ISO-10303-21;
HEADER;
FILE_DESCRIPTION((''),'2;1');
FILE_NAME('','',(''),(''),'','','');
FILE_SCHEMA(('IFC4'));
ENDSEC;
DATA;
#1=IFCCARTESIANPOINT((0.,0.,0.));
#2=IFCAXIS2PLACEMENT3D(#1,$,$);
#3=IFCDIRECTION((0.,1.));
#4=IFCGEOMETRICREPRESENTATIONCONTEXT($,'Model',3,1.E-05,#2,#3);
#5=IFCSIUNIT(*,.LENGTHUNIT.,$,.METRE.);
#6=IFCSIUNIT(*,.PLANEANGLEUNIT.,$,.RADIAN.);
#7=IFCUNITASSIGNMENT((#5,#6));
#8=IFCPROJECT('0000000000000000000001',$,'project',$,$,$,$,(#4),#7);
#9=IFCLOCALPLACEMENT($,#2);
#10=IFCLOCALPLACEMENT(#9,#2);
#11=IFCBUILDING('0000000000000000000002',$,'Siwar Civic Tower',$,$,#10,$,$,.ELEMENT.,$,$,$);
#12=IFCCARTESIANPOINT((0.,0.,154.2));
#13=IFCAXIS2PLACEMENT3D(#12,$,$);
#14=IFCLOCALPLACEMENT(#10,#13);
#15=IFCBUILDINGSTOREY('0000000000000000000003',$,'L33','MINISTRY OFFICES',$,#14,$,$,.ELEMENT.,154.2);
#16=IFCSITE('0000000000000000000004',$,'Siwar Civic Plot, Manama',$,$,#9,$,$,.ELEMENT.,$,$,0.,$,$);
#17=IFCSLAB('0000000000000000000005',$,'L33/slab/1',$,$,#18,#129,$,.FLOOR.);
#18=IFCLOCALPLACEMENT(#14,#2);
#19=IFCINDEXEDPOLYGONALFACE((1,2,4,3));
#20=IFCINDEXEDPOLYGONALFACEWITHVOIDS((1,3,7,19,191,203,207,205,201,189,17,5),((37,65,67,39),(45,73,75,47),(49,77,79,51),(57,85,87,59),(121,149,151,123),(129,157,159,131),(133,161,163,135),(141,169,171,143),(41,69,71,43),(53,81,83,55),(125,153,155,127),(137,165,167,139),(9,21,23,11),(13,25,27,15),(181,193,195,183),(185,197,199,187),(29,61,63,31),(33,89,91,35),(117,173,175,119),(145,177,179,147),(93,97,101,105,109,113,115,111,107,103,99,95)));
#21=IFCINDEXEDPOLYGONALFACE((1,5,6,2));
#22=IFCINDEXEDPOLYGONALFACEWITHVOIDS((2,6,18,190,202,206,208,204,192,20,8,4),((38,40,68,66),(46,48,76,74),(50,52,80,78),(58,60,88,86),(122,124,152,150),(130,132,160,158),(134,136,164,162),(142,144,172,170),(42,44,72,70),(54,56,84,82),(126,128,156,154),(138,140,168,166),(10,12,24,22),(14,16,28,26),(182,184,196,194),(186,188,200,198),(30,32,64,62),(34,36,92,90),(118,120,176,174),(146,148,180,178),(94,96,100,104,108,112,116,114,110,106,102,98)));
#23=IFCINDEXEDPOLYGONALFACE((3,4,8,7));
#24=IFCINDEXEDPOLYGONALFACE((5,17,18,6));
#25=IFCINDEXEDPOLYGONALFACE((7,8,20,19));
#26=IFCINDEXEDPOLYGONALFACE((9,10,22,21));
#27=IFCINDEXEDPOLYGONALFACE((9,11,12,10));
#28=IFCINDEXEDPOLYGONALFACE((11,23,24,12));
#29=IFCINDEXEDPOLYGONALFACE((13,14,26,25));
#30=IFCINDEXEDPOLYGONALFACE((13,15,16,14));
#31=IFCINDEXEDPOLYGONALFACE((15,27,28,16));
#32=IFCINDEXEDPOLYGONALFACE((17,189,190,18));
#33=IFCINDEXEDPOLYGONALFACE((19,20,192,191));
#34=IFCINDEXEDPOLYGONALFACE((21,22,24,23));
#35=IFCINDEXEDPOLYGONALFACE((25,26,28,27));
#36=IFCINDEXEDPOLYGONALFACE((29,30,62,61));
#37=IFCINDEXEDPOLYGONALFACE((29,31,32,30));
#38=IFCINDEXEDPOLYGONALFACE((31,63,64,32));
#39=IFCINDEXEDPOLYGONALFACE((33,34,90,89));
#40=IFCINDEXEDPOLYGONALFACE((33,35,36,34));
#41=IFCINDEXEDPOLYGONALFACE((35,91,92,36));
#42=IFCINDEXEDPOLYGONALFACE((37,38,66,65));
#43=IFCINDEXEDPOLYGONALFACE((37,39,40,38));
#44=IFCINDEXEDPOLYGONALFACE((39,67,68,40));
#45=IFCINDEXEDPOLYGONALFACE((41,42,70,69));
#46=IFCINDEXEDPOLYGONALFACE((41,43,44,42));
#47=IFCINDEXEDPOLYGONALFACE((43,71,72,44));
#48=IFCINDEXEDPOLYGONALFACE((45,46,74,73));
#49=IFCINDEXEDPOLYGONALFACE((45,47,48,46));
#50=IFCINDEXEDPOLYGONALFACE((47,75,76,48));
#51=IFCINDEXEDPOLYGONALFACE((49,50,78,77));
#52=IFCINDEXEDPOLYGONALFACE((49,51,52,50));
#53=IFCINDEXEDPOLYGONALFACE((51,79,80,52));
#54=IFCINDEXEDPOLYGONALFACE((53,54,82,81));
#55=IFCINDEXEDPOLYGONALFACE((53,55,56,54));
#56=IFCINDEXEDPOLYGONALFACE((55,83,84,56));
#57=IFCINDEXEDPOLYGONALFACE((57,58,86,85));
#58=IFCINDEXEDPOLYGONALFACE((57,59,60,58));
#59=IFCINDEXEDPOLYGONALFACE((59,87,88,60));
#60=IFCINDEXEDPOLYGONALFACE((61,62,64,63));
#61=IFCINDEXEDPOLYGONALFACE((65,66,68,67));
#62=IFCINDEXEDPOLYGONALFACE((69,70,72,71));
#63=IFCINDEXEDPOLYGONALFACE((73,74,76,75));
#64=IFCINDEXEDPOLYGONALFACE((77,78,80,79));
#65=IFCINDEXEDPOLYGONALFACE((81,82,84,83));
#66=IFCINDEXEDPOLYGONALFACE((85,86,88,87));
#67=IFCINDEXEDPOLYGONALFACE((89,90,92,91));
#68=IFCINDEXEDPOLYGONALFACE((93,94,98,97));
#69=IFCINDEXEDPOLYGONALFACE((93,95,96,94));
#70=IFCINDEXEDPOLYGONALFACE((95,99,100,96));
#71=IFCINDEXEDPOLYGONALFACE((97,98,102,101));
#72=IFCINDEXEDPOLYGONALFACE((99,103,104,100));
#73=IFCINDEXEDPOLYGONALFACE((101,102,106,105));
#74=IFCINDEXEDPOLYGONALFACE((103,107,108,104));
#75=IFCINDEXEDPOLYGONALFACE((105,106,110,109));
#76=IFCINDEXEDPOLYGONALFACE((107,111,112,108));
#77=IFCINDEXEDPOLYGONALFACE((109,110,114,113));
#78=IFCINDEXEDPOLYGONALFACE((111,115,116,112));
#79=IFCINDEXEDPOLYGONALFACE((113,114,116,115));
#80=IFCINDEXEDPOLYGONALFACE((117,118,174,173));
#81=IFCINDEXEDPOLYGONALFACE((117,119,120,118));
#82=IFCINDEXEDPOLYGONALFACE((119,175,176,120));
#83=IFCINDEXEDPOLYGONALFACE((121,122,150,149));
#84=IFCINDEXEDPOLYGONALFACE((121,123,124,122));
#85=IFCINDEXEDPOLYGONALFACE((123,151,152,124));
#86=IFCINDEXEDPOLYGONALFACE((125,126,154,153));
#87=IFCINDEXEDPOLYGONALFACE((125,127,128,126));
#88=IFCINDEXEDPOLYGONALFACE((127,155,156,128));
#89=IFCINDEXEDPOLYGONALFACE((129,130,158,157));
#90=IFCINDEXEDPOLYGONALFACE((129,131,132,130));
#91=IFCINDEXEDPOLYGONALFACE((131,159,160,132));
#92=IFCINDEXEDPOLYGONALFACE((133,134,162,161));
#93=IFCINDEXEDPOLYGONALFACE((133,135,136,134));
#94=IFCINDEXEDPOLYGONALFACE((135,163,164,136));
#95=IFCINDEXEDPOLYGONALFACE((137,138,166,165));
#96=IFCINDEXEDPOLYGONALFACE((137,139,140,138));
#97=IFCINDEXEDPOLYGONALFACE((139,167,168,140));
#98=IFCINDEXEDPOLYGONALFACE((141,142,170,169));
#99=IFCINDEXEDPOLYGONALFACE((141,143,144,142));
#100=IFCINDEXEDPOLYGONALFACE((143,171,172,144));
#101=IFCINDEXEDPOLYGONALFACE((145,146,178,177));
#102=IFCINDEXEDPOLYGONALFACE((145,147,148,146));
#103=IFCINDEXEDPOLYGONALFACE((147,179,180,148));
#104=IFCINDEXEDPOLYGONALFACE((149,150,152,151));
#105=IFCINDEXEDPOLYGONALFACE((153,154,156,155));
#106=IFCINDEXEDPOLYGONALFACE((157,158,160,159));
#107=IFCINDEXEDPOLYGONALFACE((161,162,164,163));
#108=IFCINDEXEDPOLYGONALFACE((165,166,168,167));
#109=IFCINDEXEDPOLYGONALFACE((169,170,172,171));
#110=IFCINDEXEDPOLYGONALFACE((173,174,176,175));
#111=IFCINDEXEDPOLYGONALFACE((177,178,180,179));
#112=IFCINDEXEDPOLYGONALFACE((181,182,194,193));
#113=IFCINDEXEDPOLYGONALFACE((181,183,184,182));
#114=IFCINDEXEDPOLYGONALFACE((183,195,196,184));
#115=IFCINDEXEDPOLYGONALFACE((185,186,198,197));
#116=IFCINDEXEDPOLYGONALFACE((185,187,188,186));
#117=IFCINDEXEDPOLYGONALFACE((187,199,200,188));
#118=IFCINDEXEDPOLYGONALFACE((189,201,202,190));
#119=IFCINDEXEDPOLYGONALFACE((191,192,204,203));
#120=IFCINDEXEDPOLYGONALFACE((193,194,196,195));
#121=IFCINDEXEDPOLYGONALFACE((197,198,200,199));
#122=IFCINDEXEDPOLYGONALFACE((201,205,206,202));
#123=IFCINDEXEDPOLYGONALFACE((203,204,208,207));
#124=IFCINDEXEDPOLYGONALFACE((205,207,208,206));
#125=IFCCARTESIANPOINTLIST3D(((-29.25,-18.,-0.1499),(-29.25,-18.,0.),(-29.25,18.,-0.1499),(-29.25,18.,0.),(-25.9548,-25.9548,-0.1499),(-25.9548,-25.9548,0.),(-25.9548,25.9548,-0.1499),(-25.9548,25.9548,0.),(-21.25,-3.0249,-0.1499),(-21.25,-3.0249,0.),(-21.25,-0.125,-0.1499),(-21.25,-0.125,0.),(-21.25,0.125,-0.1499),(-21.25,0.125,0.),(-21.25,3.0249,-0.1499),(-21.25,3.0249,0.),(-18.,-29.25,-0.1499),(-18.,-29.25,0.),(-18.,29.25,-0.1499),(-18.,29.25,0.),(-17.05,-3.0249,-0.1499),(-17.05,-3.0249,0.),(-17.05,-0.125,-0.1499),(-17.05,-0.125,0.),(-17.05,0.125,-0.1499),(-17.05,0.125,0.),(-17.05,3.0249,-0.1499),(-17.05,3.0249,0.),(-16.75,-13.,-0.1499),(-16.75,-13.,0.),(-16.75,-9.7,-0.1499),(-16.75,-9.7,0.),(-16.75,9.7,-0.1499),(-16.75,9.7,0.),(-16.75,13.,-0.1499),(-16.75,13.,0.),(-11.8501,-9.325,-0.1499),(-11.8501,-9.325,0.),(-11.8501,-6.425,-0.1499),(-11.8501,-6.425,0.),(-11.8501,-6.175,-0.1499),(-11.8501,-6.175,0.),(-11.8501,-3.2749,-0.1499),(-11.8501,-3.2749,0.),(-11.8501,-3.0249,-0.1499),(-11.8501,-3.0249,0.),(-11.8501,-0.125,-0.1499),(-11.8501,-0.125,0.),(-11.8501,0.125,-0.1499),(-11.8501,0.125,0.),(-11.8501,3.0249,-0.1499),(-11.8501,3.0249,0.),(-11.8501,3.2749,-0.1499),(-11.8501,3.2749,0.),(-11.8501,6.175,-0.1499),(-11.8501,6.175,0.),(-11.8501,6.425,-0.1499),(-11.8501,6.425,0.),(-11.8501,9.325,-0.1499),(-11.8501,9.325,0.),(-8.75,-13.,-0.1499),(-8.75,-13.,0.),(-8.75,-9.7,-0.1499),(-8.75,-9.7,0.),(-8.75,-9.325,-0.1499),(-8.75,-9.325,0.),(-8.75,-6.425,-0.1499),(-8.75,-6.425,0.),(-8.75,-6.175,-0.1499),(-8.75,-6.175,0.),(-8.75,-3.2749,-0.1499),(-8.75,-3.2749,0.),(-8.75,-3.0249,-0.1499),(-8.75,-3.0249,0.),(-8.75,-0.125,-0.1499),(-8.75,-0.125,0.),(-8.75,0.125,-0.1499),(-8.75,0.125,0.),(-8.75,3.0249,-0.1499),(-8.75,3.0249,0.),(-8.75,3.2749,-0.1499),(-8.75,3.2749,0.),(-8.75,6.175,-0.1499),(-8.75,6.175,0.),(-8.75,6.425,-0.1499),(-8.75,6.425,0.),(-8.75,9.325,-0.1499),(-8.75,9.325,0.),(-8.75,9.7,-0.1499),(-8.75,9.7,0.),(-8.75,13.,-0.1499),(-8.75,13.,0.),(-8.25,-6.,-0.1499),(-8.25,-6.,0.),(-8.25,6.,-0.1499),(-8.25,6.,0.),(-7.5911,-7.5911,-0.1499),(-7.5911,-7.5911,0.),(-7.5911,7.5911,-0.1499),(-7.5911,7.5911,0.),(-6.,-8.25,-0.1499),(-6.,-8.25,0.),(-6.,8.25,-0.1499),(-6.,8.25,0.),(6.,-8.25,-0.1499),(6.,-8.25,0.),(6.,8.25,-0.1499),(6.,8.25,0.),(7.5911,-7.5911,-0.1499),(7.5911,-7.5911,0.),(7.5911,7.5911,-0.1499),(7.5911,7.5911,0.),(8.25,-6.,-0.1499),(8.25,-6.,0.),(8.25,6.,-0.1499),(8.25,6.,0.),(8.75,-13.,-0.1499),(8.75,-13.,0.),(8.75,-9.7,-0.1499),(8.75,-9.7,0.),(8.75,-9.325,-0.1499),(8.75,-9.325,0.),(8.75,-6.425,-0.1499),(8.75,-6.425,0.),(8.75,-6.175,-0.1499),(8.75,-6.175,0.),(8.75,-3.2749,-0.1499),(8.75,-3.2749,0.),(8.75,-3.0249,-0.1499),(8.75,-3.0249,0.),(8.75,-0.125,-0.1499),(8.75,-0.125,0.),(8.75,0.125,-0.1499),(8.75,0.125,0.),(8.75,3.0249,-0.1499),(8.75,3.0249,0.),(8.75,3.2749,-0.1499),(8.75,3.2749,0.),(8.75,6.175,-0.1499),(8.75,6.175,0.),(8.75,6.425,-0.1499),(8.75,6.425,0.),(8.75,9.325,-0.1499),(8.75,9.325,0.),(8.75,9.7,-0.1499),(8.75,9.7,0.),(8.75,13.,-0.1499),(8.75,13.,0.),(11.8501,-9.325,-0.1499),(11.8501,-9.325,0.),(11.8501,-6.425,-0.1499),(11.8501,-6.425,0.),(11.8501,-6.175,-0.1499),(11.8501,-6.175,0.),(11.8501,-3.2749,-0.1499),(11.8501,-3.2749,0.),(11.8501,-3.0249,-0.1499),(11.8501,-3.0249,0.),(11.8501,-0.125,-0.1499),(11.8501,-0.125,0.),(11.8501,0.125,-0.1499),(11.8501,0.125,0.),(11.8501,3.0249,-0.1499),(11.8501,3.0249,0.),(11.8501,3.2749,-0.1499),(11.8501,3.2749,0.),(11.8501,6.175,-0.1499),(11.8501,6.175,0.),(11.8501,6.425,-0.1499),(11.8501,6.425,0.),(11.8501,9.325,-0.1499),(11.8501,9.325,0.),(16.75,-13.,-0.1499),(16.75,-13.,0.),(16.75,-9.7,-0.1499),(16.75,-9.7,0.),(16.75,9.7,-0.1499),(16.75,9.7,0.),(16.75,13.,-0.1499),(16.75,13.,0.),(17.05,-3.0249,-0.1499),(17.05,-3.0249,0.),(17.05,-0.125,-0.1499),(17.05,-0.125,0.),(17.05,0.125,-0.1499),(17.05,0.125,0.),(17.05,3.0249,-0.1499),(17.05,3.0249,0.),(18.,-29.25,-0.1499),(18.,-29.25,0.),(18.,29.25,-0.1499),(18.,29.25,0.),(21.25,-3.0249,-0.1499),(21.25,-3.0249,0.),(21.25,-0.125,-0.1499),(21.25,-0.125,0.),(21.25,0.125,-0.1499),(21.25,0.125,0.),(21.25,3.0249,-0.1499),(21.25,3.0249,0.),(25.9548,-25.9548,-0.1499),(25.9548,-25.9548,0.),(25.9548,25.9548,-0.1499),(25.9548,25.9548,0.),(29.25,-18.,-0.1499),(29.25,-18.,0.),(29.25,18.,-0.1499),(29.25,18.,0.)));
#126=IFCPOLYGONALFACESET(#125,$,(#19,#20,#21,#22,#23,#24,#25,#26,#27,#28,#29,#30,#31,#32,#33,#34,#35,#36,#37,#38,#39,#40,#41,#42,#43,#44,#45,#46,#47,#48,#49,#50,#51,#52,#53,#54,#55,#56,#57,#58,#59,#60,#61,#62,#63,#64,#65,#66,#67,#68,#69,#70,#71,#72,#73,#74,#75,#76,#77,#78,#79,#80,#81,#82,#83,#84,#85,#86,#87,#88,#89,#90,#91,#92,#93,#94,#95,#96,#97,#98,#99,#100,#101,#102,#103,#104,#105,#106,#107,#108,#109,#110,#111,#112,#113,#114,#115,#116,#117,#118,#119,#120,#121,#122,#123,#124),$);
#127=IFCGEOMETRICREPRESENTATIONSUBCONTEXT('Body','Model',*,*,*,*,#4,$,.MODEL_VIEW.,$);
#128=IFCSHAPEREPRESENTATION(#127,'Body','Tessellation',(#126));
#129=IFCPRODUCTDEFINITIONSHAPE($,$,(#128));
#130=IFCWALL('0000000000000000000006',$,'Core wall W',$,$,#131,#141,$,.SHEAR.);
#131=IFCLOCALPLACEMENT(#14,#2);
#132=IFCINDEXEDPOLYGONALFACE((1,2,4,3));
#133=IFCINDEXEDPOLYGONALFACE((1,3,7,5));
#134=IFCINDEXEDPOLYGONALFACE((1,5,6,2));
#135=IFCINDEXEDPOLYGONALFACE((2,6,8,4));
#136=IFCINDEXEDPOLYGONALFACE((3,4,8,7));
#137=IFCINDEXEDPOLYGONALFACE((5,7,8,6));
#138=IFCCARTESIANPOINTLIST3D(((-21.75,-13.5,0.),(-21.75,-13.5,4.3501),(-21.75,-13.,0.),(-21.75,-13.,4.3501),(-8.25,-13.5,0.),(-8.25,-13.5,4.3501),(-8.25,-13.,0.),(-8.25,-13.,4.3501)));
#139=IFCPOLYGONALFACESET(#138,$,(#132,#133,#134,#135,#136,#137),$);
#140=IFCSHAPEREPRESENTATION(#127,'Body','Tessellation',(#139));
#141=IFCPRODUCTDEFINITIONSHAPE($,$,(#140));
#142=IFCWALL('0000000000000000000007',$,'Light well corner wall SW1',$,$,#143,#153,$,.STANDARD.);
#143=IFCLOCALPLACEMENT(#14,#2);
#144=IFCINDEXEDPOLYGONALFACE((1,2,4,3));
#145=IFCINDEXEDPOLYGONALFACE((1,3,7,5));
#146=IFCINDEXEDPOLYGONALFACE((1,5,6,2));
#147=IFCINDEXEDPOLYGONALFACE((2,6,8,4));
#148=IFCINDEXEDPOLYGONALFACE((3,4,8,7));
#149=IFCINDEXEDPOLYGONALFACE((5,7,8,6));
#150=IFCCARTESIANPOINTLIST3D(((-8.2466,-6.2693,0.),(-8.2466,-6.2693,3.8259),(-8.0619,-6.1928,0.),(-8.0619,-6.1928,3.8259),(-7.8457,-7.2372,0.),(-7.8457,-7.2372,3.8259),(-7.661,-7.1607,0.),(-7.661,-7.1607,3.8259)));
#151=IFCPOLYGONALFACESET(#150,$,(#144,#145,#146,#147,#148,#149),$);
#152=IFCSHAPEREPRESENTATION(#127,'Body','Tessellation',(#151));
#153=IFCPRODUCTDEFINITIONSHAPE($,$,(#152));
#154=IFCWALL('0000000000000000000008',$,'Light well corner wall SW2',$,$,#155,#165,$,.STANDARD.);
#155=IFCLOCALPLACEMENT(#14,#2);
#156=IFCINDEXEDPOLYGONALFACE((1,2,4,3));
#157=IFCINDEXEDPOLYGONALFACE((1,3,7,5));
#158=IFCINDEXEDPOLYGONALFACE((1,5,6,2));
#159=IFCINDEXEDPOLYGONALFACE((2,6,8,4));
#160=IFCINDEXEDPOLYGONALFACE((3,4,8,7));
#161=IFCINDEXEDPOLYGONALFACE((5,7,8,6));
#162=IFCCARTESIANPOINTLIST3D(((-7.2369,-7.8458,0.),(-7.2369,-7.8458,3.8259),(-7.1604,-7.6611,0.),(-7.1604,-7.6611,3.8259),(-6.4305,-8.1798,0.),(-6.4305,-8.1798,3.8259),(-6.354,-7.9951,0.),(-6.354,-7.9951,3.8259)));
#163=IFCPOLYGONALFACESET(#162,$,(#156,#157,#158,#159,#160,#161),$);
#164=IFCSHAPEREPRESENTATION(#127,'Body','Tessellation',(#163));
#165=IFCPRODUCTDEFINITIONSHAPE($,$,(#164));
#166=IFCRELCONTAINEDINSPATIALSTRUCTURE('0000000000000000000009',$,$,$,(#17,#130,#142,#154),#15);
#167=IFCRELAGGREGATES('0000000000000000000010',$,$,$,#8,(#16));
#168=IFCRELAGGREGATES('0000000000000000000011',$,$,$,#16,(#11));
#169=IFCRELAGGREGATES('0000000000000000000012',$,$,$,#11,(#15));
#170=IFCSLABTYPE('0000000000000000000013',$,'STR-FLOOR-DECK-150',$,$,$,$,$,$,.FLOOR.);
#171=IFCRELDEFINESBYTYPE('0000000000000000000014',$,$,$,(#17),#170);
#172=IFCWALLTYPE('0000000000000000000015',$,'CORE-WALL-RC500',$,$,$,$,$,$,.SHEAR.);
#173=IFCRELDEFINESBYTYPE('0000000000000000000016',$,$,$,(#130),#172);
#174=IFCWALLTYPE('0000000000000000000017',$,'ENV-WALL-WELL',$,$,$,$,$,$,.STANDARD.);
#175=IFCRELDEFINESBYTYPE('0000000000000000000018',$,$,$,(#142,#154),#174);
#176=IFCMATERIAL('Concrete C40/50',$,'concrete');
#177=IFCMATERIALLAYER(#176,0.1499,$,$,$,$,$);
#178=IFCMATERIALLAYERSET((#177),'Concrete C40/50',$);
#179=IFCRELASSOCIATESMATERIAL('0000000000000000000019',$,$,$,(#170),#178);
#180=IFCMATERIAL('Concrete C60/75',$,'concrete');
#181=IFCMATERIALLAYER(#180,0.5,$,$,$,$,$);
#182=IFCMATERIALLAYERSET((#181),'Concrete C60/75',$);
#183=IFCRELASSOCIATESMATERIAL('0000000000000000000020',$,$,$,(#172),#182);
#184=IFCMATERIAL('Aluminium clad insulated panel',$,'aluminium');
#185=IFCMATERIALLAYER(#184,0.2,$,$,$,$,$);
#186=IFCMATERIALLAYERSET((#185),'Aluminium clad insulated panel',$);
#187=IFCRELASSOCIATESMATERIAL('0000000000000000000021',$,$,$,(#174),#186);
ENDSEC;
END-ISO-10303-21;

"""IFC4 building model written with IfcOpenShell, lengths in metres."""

from ifc_helpers import new_model, si_unit, direction, frame, frame_2d, origin, place, context, subcontext, project, spatial, polyline, rectangle, outline, extrude, material, layer, layer_set, type_object, element, save


model = new_model("IFC4")

# Units and contexts
model_context = context("Model", 3, precision=1e-05, world=origin(), true_north=direction((0.0, 1.0)))
body_context = subcontext(model_context, "Body", "Model", "MODEL_VIEW")
ifc_project = project(units=[si_unit("LENGTHUNIT", "METRE"), si_unit("PLANEANGLEUNIT", "RADIAN")], contexts=[model_context])

# Site, building, storey
site_placement = place(None, origin())
site = spatial("IfcSite", under=ifc_project, at=site_placement, Name="Siwar Civic Plot, Manama", CompositionType="ELEMENT", RefElevation=0.0)
building_placement = place(site_placement, origin())
building = spatial("IfcBuilding", under=site, at=building_placement, Name="Siwar Civic Tower", CompositionType="ELEMENT")
storey_placement = place(building_placement, frame((0.0, 0.0, 154.2)))
storey = spatial("IfcBuildingStorey", under=building, at=storey_placement, Name="L33", Description="MINISTRY OFFICES", CompositionType="ELEMENT", Elevation=154.2)

# Slab
ifc_material_1 = material(Name="Concrete C40/50", Category="concrete")
ifc_layer_1 = layer(ifc_material_1, 0.1499)
ifc_layer_set_1 = layer_set([ifc_layer_1], Name="Concrete C40/50")
slab_type = type_object("IfcSlabType", Name="STR-FLOOR-DECK-150", PredefinedType="FLOOR", material=ifc_layer_set_1)
slab_placement = place(storey_placement, frame((0.0, 0.0, -0.1499)))
element("IfcSlab", 1, at=slab_placement, inside=storey, type_object=slab_type, Name="L33/slab/1", PredefinedType="FLOOR", context=body_context, shape_type="SweptSolid", body=[
    extrude(outline(polyline([(-18.0, -29.25), (18.0, -29.25), (25.9548, -25.9548), (29.25, -18.0), (29.25, 18.0), (25.9548, 25.9548), (18.0, 29.25), (-18.0, 29.25), (-25.9548, 25.9548), (-29.25, 18.0), (-29.25, -18.0), (-25.9548, -25.9548), (-18.0, -29.25)]), holes=[polyline([(21.25, 3.0249), (21.25, 0.125), (17.05, 0.125), (17.05, 3.0249), (21.25, 3.0249)]), polyline([(17.05, -0.125), (21.25, -0.125), (21.25, -3.0249), (17.05, -3.0249), (17.05, -0.125)]), polyline([(16.75, 13.0), (16.75, 9.7), (8.75, 9.7), (8.75, 13.0), (16.75, 13.0)]), polyline([(8.75, -9.7), (16.75, -9.7), (16.75, -13.0), (8.75, -13.0), (8.75, -9.7)]), polyline([(11.8501, 9.325), (11.8501, 6.425), (8.75, 6.425), (8.75, 9.325), (11.8501, 9.325)]), polyline([(11.8501, 3.0249), (11.8501, 0.125), (8.75, 0.125), (8.75, 3.0249), (11.8501, 3.0249)]), polyline([(11.8501, -0.125), (11.8501, -3.0249), (8.75, -3.0249), (8.75, -0.125), (11.8501, -0.125)]), polyline([(11.8501, -3.2749), (11.8501, -6.175), (8.75, -6.175), (8.75, -3.2749), (11.8501, -3.2749)]), polyline([(8.75, 6.175), (11.8501, 6.175), (11.8501, 3.2749), (8.75, 3.2749), (8.75, 6.175)]), polyline([(8.75, -6.425), (11.8501, -6.425), (11.8501, -9.325), (8.75, -9.325), (8.75, -6.425)]), polyline([(-6.0, 8.25), (6.0, 8.25), (7.5911, 7.5911), (8.25, 6.0), (8.25, -6.0), (7.5911, -7.5911), (6.0, -8.25), (-6.0, -8.25), (-7.5911, -7.5911), (-8.25, -6.0), (-8.25, 6.0), (-7.5911, 7.5911), (-6.0, 8.25)]), polyline([(-8.75, 9.7), (-16.75, 9.7), (-16.75, 13.0), (-8.75, 13.0), (-8.75, 9.7)]), polyline([(-8.75, 0.125), (-11.8501, 0.125), (-11.8501, 3.0249), (-8.75, 3.0249), (-8.75, 0.125)]), polyline([(-8.75, -6.175), (-11.8501, -6.175), (-11.8501, -3.2749), (-8.75, -3.2749), (-8.75, -6.175)]), polyline([(-8.75, -9.325), (-11.8501, -9.325), (-11.8501, -6.425), (-8.75, -6.425), (-8.75, -9.325)]), polyline([(-8.75, -13.0), (-16.75, -13.0), (-16.75, -9.7), (-8.75, -9.7), (-8.75, -13.0)]), polyline([(-11.8501, 6.425), (-11.8501, 9.325), (-8.75, 9.325), (-8.75, 6.425), (-11.8501, 6.425)]), polyline([(-11.8501, 3.2749), (-11.8501, 6.175), (-8.75, 6.175), (-8.75, 3.2749), (-11.8501, 3.2749)]), polyline([(-11.8501, -3.0249), (-11.8501, -0.125), (-8.75, -0.125), (-8.75, -3.0249), (-11.8501, -3.0249)]), polyline([(-21.25, -3.0249), (-21.25, -0.125), (-17.05, -0.125), (-17.05, -3.0249), (-21.25, -3.0249)]), polyline([(-17.05, 0.125), (-21.25, 0.125), (-21.25, 3.0249), (-17.05, 3.0249), (-17.05, 0.125)])]), origin(), (0.0, 0.0, 1.0), 0.1499),
])

# Walls
ifc_material_2 = material(Name="Concrete C60/75", Category="concrete")
ifc_layer_2 = layer(ifc_material_2, 0.5)
ifc_layer_set_2 = layer_set([ifc_layer_2], Name="Concrete C60/75")
wall_type_1 = type_object("IfcWallType", Name="CORE-WALL-RC500", PredefinedType="SHEAR", material=ifc_layer_set_2)
wall_1_placement = place(storey_placement, frame((-8.25, -13.25, 0.0), z_axis=(0.0, 0.0, 1.0), x_axis=(-1.0, 0.0, 0.0)))
element("IfcWall", 2, at=wall_1_placement, inside=storey, type_object=wall_type_1, Name="Core wall W", PredefinedType="SHEAR", context=body_context, shape_type="SweptSolid", body=[
    extrude(rectangle(XDim=13.5, YDim=0.5, at=frame_2d((6.75, 0.0))), origin(), (0.0, 0.0, 1.0), 4.3501),
])
ifc_material_3 = material(Name="Aluminium clad insulated panel", Category="aluminium")
ifc_layer_3 = layer(ifc_material_3, 0.2)
ifc_layer_set_3 = layer_set([ifc_layer_3], Name="Aluminium clad insulated panel")
wall_type_2 = type_object("IfcWallType", Name="ENV-WALL-WELL", PredefinedType="STANDARD", material=ifc_layer_set_3)
wall_2_placement = place(storey_placement, frame((-8.1543, -6.231, 0.0), z_axis=(0.0, 0.0, 1.0), x_axis=(0.382695, -0.923875, 0.0)))
element("IfcWall", 3, at=wall_2_placement, inside=storey, type_object=wall_type_2, Name="Light well corner wall SW1", PredefinedType="STANDARD", context=body_context, shape_type="SweptSolid", body=[
    extrude(rectangle(XDim=1.0476, YDim=0.2, at=frame_2d((0.5239, 0.0))), origin(), (0.0, 0.0, 1.0), 3.8259),
])
wall_3_placement = place(storey_placement, frame((-7.1987, -7.7534, 0.0), z_axis=(0.0, 0.0, 1.0), x_axis=(0.923894, -0.382648, 0.0)))
element("IfcWall", 4, at=wall_3_placement, inside=storey, type_object=wall_type_2, Name="Light well corner wall SW2", PredefinedType="STANDARD", context=body_context, shape_type="SweptSolid", body=[
    extrude(rectangle(XDim=0.8728, YDim=0.2, at=frame_2d((0.4365, 0.0))), origin(), (0.0, 0.0, 1.0), 3.8259),
])

save(model, "model.ifc")
